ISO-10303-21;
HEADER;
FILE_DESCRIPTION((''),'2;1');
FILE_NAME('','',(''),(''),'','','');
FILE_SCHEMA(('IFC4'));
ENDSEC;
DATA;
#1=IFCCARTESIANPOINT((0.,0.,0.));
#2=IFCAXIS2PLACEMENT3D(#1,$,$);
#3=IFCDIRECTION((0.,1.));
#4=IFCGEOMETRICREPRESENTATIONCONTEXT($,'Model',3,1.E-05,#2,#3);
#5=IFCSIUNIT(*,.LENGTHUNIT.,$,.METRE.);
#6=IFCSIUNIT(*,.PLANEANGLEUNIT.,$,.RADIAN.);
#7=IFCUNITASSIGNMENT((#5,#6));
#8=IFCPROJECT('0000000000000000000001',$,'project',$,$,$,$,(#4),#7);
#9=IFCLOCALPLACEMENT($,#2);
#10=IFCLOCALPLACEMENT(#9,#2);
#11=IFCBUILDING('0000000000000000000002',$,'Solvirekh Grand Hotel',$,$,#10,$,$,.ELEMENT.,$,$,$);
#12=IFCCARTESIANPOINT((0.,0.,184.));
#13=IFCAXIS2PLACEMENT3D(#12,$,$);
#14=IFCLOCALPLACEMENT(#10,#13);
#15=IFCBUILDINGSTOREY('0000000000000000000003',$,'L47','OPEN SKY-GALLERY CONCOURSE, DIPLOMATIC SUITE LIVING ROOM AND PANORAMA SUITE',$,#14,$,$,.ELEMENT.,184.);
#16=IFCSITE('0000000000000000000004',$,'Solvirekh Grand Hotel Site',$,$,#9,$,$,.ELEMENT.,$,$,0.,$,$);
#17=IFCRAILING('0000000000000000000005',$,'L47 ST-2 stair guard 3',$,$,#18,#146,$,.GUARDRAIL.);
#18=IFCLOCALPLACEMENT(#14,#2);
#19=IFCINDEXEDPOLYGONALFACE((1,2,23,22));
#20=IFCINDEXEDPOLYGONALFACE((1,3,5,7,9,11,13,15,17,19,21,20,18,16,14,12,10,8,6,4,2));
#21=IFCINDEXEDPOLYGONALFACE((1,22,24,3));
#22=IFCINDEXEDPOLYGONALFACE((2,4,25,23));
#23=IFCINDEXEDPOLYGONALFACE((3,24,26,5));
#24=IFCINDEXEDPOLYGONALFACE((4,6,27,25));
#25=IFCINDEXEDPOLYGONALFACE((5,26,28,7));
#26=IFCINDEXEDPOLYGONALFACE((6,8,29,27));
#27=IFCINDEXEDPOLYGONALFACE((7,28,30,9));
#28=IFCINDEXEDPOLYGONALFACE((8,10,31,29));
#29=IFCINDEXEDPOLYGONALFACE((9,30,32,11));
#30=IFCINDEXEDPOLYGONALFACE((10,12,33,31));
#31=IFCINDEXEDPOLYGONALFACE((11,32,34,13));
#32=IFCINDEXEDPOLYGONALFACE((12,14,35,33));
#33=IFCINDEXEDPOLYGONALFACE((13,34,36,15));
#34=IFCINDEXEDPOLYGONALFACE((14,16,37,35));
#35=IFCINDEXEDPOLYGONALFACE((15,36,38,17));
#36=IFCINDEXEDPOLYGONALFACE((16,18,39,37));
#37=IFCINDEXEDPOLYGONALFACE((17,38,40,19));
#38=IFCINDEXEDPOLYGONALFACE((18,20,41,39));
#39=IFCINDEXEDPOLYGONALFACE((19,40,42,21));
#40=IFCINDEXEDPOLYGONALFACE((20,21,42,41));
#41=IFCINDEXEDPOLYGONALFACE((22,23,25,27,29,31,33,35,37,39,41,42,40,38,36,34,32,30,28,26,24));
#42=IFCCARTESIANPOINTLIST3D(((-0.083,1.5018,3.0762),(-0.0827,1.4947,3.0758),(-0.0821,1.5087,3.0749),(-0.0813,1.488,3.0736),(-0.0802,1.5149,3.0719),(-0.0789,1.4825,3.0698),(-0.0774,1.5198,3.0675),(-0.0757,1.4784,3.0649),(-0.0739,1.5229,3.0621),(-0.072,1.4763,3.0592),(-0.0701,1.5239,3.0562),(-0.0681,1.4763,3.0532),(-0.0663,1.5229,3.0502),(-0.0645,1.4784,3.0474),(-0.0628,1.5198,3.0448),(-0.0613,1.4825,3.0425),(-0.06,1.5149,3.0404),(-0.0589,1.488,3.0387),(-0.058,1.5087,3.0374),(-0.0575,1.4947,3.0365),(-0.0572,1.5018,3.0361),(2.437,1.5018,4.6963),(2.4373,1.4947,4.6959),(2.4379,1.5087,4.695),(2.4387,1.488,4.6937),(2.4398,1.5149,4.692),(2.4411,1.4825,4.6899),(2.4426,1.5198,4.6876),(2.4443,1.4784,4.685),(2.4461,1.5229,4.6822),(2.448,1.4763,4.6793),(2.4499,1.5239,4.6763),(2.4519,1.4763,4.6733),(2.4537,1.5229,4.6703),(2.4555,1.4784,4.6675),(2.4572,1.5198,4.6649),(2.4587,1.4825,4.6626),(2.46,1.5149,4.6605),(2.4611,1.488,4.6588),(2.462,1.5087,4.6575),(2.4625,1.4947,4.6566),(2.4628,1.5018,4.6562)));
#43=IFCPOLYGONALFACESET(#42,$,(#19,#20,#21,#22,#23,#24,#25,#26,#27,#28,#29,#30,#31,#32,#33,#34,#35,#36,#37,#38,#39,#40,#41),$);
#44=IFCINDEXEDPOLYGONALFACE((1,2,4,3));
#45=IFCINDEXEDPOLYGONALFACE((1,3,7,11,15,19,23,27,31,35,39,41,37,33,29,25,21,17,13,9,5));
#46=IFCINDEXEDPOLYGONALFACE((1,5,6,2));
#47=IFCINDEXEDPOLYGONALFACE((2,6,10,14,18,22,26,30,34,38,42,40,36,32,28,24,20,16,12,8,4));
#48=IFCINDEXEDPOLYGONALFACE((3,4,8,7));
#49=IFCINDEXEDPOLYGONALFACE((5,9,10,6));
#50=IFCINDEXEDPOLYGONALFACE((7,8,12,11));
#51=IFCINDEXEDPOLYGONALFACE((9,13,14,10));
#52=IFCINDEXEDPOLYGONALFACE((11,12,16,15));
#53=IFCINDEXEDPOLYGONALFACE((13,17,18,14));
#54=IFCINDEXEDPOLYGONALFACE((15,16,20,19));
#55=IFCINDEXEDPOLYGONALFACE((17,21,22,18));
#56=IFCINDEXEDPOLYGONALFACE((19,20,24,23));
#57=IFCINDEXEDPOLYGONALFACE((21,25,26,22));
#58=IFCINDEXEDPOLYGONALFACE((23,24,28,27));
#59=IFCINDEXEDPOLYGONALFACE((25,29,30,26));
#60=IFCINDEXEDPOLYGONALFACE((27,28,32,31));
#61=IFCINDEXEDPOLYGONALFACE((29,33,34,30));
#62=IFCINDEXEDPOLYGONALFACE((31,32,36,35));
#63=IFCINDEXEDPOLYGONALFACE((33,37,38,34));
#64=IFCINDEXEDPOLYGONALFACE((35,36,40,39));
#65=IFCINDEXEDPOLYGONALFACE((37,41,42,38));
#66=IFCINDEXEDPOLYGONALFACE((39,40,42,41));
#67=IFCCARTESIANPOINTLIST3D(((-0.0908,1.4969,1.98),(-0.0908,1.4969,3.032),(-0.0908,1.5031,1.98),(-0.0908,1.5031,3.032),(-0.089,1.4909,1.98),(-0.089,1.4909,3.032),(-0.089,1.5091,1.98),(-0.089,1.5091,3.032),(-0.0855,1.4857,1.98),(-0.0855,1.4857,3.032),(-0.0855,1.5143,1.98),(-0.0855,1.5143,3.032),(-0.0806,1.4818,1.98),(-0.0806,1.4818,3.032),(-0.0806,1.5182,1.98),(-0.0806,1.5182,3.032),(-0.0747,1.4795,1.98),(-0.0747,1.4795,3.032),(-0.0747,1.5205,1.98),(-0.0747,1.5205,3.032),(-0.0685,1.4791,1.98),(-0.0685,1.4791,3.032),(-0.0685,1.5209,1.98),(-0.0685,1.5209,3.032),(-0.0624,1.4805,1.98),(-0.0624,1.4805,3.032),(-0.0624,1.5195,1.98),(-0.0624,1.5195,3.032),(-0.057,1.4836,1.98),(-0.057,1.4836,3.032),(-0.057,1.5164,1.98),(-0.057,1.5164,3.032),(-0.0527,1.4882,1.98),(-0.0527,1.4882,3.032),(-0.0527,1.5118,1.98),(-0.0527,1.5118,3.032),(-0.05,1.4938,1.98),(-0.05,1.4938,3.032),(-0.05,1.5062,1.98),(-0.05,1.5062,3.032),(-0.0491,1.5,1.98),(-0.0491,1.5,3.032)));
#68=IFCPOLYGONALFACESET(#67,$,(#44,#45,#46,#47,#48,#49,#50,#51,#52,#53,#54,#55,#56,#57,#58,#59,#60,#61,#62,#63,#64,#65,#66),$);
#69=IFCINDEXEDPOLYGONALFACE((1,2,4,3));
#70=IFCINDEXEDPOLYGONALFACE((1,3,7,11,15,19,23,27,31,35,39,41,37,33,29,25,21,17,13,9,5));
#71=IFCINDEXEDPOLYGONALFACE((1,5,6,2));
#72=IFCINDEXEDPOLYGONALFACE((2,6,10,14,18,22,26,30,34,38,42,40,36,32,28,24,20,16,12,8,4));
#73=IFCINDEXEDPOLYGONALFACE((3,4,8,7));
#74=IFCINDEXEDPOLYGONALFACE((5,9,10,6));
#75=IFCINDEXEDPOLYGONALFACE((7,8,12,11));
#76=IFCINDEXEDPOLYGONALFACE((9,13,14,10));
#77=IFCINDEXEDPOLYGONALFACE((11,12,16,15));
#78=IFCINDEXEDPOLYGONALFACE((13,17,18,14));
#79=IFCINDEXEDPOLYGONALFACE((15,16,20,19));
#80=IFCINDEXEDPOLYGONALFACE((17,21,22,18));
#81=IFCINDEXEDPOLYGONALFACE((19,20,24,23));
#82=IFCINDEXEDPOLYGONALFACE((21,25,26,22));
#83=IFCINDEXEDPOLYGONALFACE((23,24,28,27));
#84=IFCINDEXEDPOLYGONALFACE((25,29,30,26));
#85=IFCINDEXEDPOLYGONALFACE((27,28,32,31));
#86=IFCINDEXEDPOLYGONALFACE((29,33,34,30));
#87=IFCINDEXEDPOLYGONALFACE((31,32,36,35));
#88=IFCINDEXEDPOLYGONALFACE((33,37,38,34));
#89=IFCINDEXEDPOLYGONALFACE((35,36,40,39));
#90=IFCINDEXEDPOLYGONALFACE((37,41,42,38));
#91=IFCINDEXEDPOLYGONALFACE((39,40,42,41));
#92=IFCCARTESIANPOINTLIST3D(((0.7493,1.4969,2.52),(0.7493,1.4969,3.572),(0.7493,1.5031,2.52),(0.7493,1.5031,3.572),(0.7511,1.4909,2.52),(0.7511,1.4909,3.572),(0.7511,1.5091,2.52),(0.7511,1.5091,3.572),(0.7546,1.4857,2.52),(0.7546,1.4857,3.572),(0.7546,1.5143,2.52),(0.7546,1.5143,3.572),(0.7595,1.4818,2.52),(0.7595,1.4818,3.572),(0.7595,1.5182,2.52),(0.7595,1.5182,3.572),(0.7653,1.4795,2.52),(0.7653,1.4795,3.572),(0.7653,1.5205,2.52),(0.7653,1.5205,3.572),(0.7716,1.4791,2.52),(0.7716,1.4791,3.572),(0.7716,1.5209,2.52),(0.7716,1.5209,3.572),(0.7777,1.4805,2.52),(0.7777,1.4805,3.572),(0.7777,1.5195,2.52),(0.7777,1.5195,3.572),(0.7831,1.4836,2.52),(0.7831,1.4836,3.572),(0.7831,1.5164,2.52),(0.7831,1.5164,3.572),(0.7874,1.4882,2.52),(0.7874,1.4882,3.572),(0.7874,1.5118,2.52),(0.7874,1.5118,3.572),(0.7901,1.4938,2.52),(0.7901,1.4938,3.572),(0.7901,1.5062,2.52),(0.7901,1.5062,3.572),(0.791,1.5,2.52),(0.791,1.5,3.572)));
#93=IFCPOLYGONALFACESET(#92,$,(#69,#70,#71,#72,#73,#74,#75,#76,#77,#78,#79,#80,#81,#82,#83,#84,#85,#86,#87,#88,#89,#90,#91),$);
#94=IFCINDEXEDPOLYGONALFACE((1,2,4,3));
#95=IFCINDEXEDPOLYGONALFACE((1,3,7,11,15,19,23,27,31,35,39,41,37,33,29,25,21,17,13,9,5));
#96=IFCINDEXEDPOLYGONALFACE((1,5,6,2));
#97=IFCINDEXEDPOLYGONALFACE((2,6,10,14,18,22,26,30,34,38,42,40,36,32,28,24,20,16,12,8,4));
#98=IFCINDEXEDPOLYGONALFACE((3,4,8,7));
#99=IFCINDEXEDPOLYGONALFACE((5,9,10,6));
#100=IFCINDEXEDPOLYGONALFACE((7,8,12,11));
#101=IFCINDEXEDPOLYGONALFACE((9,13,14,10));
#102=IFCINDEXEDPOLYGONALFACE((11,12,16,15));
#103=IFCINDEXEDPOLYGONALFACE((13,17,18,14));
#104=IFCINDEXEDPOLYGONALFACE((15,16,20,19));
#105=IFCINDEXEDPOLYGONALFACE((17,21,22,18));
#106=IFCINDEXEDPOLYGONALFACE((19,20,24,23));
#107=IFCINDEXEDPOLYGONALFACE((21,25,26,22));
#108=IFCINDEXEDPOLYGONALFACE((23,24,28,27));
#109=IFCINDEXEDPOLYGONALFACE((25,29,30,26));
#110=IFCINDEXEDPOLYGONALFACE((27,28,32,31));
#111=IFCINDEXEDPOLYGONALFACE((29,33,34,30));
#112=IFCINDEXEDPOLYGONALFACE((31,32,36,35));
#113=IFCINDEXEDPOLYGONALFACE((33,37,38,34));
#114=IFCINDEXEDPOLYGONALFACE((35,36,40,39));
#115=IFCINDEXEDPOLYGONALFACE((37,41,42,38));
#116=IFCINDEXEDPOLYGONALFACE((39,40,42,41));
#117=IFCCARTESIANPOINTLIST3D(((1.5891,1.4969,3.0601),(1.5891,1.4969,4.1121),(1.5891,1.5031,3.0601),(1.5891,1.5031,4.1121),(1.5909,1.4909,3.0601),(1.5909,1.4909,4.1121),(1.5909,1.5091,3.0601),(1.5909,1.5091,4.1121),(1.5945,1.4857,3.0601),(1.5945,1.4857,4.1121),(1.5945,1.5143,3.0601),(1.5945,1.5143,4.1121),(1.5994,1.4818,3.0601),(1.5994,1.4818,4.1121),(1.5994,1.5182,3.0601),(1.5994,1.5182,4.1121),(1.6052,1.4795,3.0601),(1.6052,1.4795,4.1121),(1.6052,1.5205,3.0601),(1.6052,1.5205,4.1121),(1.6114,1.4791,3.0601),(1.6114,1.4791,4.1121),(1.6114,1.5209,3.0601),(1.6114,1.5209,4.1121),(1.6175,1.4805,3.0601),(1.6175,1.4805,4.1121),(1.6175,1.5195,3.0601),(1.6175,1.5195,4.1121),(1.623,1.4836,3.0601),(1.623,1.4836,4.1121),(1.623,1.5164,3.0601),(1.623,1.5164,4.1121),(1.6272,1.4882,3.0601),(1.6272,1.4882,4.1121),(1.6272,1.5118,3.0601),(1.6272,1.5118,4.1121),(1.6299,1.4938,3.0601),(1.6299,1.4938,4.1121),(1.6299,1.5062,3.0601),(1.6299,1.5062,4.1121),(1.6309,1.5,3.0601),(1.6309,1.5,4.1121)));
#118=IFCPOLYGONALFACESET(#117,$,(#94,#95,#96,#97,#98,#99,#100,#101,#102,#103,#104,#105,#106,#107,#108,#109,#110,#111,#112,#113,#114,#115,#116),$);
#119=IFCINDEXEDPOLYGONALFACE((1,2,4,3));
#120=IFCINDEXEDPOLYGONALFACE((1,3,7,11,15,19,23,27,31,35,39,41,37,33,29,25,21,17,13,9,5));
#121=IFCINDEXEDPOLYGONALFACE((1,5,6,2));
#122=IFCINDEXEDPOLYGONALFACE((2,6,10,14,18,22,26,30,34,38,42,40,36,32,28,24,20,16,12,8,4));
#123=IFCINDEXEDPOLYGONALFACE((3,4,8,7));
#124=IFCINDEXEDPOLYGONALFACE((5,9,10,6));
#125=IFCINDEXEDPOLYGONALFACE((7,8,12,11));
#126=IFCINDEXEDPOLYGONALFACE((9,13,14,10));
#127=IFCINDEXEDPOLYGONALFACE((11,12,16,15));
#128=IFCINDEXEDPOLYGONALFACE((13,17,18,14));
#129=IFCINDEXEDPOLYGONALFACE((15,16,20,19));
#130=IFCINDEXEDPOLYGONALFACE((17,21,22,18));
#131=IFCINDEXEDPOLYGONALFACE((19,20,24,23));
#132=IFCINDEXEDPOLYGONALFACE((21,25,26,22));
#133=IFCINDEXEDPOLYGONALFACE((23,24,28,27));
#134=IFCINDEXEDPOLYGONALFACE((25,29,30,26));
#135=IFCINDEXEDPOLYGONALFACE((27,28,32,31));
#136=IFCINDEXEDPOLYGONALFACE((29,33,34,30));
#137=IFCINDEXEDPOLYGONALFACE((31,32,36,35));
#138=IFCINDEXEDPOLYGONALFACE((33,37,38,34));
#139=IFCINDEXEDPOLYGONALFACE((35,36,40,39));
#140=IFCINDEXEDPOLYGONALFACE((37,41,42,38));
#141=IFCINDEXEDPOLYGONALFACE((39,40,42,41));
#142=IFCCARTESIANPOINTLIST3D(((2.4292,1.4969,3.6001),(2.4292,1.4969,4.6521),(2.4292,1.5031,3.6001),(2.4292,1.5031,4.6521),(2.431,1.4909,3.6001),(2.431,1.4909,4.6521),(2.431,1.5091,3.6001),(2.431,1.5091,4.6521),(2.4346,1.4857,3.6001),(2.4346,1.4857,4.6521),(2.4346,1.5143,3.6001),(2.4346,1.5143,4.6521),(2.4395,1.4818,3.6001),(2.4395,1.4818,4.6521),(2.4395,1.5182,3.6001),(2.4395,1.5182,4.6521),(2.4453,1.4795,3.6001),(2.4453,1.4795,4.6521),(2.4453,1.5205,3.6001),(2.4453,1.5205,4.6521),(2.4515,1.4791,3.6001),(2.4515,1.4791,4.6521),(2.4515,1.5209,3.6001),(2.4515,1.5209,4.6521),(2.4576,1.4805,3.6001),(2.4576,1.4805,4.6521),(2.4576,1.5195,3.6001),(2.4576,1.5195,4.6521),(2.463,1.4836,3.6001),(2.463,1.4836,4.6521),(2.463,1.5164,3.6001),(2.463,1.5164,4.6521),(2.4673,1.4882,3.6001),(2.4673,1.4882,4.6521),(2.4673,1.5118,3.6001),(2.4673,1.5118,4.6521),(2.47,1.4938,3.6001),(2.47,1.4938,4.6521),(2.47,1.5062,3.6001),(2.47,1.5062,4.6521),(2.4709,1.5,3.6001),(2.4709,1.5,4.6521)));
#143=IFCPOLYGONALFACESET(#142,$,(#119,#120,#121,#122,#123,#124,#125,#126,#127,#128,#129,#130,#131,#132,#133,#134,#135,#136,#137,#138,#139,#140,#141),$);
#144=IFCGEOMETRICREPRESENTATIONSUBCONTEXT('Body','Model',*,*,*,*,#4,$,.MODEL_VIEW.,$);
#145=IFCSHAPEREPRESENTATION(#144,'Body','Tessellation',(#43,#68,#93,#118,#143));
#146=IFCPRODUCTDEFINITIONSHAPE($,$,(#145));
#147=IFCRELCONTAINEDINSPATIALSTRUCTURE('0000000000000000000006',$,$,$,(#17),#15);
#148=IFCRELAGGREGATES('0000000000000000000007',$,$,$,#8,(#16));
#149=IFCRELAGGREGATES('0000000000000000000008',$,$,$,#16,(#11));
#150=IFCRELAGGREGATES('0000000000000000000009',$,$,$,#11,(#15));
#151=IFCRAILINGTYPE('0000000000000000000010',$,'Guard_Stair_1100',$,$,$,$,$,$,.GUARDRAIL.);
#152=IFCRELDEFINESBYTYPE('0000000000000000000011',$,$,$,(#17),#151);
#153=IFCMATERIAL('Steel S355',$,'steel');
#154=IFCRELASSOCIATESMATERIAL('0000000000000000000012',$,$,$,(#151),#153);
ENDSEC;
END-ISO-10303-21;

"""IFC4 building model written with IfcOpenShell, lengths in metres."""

from ifc_helpers import new_model, si_unit, direction, frame, origin, origin_2d, place, context, subcontext, project, spatial, circle, extrude, material, type_object, element, save


model = new_model("IFC4")

# Units and contexts
model_context = context("Model", 3, precision=1e-05, world=origin(), true_north=direction((0.0, 1.0)))
body_context = subcontext(model_context, "Body", "Model", "MODEL_VIEW")
ifc_project = project(units=[si_unit("LENGTHUNIT", "METRE"), si_unit("PLANEANGLEUNIT", "RADIAN")], contexts=[model_context])

# Site, building, storey
site_placement = place(None, origin())
site = spatial("IfcSite", under=ifc_project, at=site_placement, Name="Solvirekh Grand Hotel Site", CompositionType="ELEMENT", RefElevation=0.0)
building_placement = place(site_placement, origin())
building = spatial("IfcBuilding", under=site, at=building_placement, Name="Solvirekh Grand Hotel", CompositionType="ELEMENT")
storey_placement = place(building_placement, frame((0.0, 0.0, 184.0)))
storey = spatial("IfcBuildingStorey", under=building, at=storey_placement, Name="L47", Description="OPEN SKY-GALLERY CONCOURSE, DIPLOMATIC SUITE LIVING ROOM AND PANORAMA SUITE", CompositionType="ELEMENT", Elevation=184.0)

# Railing
ifc_material_1 = material(Name="Steel S355", Category="steel")
railing_type_1 = type_object("IfcRailingType", Name="Guard_Stair_1100", PredefinedType="GUARDRAIL", material=ifc_material_1)
railing_1_placement = place(storey_placement, frame((-0.0701, 1.5, 1.98)))
element("IfcRailing", 1, at=railing_1_placement, inside=storey, type_object=railing_type_1, Name="L47 ST-2 stair guard 3", PredefinedType="GUARDRAIL", context=body_context, shape_type="SweptSolid", body=[
    extrude(circle(Radius=0.0239, at=origin_2d()), frame((0.0, 0.0, 1.0762), z_axis=(0.841163, 0.0, 0.540782), x_axis=(0.0, 1.0, 0.0)), (0.0, 0.0, 1.0), 2.9958),
    extrude(circle(Radius=0.021, at=origin_2d()), origin(), (0.0, 0.0, 1.0), 1.052),
    extrude(circle(Radius=0.021, at=origin_2d()), frame((0.8401, 0.0, 0.54)), (0.0, 0.0, 1.0), 1.052),
    extrude(circle(Radius=0.021, at=origin_2d()), frame((1.6799, 0.0, 1.0801)), (0.0, 0.0, 1.0), 1.052),
    extrude(circle(Radius=0.021, at=origin_2d()), frame((2.52, 0.0, 1.6201)), (0.0, 0.0, 1.0), 1.052),
])

save(model, "model.ifc")
